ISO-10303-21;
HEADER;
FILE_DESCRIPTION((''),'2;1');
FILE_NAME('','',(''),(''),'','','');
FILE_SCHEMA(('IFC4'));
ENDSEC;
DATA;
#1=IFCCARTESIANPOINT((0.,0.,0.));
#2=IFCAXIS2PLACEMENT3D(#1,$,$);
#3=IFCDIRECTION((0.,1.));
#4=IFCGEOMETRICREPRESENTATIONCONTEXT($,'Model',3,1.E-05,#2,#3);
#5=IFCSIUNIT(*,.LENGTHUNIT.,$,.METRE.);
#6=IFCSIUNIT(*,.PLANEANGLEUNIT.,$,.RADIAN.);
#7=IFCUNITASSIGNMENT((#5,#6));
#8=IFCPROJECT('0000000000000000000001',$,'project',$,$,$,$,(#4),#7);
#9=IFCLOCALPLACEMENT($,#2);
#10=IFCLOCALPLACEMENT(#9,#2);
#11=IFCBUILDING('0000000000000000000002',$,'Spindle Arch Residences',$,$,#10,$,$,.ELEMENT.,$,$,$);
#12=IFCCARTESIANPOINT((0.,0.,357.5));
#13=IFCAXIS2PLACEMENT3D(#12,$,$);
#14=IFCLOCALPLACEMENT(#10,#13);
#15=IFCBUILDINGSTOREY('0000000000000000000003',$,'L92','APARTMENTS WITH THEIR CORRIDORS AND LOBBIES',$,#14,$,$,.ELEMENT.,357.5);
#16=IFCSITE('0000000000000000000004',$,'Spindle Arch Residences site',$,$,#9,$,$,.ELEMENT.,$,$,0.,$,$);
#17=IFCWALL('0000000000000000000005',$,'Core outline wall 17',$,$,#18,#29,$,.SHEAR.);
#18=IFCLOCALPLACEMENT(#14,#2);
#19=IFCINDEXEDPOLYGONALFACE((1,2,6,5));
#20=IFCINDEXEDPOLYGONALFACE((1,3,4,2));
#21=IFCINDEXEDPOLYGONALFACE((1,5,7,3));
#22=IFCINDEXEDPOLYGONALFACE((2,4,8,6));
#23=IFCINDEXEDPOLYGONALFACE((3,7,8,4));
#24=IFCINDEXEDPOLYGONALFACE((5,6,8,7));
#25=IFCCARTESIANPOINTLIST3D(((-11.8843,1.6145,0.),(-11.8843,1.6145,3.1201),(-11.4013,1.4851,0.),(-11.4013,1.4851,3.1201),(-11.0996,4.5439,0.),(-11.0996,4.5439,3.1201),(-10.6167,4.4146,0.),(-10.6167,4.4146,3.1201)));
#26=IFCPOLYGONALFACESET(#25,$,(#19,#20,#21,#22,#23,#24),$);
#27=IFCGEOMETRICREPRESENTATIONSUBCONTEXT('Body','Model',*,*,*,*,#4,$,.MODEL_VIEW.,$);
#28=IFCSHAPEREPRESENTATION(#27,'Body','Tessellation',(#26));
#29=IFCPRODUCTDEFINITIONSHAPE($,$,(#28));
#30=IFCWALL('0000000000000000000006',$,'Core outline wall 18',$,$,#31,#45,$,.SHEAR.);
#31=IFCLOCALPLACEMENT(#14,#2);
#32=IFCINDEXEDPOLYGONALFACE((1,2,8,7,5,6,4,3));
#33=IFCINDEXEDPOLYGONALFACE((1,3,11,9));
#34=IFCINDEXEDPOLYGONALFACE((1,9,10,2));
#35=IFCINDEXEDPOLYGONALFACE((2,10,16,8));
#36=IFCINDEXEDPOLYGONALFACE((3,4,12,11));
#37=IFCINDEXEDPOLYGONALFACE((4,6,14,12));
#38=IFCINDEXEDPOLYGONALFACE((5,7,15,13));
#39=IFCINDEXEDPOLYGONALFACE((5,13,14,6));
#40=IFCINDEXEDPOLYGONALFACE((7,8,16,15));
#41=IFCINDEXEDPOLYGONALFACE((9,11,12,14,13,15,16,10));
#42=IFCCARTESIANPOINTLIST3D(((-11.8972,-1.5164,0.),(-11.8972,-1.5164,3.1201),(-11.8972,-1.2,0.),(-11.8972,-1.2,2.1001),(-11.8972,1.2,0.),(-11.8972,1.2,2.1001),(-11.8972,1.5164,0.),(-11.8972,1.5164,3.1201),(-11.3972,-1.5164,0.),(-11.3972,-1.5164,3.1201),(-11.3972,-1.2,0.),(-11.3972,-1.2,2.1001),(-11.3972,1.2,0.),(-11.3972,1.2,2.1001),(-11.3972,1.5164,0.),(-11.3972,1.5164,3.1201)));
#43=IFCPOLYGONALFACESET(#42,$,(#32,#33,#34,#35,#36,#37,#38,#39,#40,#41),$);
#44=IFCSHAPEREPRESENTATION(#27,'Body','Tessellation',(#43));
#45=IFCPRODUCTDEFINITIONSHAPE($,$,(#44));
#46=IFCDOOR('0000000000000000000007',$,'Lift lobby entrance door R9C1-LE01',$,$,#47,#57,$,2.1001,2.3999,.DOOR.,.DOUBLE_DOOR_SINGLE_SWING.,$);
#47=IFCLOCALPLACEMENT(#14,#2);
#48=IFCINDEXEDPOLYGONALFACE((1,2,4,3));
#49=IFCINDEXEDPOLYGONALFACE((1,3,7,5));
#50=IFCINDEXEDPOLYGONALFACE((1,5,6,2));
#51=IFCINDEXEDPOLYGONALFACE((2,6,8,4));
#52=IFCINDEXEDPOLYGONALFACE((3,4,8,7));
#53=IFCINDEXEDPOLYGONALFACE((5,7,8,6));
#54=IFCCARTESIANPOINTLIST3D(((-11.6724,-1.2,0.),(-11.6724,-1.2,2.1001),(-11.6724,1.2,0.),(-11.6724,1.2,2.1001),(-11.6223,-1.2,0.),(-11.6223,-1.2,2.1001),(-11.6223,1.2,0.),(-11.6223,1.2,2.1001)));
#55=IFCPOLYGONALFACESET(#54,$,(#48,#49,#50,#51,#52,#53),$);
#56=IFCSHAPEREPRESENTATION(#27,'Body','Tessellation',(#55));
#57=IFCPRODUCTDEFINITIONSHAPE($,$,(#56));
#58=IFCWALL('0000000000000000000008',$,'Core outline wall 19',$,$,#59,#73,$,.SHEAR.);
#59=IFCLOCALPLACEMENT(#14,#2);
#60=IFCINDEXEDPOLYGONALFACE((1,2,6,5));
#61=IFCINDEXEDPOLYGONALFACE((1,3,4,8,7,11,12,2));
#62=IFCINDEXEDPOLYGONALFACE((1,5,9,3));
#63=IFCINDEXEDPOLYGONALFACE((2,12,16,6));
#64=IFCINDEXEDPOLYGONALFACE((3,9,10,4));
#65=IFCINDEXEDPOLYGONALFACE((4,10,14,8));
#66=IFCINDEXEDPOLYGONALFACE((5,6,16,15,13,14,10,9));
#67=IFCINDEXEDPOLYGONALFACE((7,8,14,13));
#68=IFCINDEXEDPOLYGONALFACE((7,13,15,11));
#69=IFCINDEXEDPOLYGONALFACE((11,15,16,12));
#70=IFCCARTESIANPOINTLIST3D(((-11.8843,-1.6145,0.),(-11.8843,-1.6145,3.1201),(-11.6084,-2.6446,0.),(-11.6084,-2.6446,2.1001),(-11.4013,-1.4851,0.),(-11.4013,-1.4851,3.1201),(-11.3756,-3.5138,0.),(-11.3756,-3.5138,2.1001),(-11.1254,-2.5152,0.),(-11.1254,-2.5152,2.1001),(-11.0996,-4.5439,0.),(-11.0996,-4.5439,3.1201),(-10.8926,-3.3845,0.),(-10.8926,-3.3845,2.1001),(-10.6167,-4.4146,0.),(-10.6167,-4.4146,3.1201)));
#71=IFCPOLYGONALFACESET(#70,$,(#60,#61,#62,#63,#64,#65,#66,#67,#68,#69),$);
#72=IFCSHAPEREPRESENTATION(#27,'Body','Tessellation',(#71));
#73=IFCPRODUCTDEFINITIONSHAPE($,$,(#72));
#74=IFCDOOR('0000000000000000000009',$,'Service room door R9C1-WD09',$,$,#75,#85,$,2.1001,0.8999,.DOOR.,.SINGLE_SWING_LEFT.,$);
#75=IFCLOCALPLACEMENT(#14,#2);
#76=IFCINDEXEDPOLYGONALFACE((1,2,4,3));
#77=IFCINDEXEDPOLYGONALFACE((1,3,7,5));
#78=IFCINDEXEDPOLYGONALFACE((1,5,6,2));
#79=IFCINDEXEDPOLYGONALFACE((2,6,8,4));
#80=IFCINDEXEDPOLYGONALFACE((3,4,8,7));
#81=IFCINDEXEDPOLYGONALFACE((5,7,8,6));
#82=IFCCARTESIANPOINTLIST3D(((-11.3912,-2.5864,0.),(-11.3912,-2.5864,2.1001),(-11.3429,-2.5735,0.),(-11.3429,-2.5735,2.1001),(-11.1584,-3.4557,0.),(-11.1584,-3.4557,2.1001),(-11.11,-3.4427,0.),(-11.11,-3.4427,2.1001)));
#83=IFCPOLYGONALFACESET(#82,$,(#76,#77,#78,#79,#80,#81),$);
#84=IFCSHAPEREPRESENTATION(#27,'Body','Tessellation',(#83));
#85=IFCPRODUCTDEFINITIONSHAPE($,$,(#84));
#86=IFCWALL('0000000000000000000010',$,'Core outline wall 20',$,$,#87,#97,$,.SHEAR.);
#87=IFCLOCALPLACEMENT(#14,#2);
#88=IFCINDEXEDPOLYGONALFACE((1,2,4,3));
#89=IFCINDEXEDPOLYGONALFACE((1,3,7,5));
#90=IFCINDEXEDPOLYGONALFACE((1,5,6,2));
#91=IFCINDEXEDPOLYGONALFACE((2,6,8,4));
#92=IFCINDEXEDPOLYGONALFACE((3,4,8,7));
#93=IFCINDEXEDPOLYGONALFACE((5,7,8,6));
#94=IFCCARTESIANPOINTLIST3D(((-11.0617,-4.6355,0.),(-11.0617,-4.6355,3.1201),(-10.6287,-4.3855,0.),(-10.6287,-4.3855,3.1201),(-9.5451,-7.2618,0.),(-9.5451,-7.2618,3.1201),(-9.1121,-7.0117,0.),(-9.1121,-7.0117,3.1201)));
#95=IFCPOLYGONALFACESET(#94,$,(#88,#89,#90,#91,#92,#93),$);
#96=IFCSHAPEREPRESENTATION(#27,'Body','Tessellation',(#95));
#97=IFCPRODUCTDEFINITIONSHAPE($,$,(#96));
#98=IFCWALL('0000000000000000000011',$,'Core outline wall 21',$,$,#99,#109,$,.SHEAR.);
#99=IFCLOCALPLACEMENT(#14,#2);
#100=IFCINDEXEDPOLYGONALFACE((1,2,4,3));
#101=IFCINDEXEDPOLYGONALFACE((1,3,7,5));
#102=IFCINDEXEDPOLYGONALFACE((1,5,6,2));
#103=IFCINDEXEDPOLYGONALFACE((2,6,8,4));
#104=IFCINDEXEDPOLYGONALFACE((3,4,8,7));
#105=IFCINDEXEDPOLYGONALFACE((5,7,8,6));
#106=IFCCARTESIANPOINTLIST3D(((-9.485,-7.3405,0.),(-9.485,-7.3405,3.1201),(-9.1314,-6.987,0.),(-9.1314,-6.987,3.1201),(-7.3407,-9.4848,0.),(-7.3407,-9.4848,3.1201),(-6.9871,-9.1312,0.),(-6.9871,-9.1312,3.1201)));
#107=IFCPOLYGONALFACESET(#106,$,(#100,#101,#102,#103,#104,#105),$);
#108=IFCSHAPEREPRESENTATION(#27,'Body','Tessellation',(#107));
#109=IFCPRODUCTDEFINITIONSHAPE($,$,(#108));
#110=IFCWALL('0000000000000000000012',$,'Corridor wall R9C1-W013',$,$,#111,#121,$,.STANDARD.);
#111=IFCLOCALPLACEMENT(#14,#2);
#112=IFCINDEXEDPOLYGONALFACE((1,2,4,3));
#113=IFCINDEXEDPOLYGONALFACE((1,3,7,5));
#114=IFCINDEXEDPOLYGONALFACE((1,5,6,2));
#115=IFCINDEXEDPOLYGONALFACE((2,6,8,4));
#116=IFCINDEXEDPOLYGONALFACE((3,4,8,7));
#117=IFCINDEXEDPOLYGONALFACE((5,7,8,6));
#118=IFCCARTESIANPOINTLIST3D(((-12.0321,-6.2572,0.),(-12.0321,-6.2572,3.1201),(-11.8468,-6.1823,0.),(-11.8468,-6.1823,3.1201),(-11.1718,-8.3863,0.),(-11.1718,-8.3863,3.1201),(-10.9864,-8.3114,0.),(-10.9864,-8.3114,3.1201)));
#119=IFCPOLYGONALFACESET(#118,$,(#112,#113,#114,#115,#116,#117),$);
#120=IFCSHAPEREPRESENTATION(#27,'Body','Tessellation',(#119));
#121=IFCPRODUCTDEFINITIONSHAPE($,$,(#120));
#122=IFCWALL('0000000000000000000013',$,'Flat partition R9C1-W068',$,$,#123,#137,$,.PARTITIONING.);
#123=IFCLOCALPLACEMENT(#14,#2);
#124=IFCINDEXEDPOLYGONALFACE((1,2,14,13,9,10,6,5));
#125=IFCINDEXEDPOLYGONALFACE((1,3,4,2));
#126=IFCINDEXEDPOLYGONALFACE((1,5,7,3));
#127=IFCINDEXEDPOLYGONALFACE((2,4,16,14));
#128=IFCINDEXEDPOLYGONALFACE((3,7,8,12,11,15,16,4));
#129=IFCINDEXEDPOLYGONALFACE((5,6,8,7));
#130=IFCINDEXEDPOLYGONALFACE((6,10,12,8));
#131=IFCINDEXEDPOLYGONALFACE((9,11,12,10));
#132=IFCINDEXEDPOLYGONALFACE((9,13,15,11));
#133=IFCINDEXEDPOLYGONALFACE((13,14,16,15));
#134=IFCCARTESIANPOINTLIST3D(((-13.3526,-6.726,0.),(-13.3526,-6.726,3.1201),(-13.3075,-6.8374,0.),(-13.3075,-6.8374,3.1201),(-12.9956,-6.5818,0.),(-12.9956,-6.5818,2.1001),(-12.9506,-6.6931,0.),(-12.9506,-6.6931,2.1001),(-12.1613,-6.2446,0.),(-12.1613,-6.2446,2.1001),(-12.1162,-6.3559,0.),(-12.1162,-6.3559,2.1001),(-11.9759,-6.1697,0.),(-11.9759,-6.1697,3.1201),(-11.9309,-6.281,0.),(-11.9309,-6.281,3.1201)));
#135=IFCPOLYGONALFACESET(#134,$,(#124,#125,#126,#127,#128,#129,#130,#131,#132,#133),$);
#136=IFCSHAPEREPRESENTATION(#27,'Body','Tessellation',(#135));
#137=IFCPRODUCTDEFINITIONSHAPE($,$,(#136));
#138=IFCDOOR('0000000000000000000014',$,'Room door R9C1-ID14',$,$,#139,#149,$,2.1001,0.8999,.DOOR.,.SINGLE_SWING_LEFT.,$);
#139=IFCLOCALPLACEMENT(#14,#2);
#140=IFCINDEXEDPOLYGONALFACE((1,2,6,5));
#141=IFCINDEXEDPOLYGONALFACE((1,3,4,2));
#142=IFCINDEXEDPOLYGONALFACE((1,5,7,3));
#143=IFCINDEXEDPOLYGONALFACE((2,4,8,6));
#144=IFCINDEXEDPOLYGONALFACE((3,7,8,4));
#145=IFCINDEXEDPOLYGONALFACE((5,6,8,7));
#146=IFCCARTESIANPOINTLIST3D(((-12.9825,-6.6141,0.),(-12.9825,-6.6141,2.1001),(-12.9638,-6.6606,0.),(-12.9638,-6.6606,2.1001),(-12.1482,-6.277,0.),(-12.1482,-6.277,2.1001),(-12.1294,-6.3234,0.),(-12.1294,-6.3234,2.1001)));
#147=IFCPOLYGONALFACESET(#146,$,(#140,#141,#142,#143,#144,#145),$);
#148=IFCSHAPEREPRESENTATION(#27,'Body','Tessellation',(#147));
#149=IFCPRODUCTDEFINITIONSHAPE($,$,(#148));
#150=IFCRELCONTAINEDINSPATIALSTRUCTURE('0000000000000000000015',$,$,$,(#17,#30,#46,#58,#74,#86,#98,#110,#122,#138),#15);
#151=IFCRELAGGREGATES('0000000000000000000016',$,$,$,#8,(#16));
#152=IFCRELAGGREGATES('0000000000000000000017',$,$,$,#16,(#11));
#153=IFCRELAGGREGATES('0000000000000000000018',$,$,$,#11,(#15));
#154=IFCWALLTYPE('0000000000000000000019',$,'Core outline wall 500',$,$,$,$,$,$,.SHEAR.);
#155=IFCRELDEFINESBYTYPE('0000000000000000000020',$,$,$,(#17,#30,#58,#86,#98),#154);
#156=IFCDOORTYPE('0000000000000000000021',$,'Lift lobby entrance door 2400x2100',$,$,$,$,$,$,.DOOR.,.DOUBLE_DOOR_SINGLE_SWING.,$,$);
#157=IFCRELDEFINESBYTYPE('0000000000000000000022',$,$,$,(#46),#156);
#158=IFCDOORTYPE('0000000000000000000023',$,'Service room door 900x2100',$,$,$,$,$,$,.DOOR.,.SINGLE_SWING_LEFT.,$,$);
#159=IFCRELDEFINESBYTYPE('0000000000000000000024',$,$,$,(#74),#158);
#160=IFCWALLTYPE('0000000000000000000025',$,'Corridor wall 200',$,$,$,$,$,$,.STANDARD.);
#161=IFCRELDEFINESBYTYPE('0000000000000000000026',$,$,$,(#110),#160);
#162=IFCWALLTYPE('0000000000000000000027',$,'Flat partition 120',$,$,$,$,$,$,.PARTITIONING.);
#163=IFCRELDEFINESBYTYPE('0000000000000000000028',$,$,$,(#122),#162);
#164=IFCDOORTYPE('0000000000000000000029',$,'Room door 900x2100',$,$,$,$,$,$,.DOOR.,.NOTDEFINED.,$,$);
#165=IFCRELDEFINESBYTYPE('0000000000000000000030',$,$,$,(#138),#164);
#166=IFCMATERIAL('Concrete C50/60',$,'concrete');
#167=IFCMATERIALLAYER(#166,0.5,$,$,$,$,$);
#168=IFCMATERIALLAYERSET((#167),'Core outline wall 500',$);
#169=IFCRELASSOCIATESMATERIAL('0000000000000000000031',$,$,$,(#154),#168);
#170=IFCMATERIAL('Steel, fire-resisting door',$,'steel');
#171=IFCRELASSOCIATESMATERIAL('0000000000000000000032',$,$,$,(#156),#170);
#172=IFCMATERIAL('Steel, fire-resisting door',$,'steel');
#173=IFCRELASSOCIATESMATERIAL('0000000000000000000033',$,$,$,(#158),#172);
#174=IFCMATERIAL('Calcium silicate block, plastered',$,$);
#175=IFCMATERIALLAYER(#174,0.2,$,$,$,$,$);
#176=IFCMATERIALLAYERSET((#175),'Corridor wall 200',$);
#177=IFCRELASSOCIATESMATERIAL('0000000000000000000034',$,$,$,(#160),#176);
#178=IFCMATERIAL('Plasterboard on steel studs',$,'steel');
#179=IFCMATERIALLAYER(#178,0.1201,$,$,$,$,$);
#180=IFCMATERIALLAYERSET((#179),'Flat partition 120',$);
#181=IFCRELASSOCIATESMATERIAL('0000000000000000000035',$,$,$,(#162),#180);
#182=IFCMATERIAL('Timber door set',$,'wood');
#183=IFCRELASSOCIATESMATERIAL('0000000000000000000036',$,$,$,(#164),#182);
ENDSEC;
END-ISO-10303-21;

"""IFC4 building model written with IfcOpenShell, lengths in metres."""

from ifc_helpers import new_model, si_unit, direction, frame, frame_2d, origin, place, context, subcontext, project, spatial, rectangle, extrude, material, layer, layer_set, type_object, element, fill, save


model = new_model("IFC4")

# Units and contexts
model_context = context("Model", 3, precision=1e-05, world=origin(), true_north=direction((0.0, 1.0)))
body_context = subcontext(model_context, "Body", "Model", "MODEL_VIEW")
ifc_project = project(units=[si_unit("LENGTHUNIT", "METRE"), si_unit("PLANEANGLEUNIT", "RADIAN")], contexts=[model_context])

# Site, building, storey
site_placement = place(None, origin())
site = spatial("IfcSite", under=ifc_project, at=site_placement, Name="Spindle Arch Residences site", CompositionType="ELEMENT", RefElevation=0.0)
building_placement = place(site_placement, origin())
building = spatial("IfcBuilding", under=site, at=building_placement, Name="Spindle Arch Residences", CompositionType="ELEMENT")
storey_placement = place(building_placement, frame((0.0, 0.0, 357.5)))
storey = spatial("IfcBuildingStorey", under=building, at=storey_placement, Name="L92", Description="APARTMENTS WITH THEIR CORRIDORS AND LOBBIES", CompositionType="ELEMENT", Elevation=357.5)

# Wall
ifc_material_1 = material(Name="Concrete C50/60", Category="concrete")
ifc_layer_1 = layer(ifc_material_1, 0.5)
ifc_layer_set_1 = layer_set([ifc_layer_1], Name="Core outline wall 500")
wall_type_1 = type_object("IfcWallType", Name="Core outline wall 500", PredefinedType="SHEAR", material=ifc_layer_set_1)
wall_1_placement = place(storey_placement, frame((-10.8582, 4.4792, 0.0), z_axis=(0.0, 0.0, 1.0), x_axis=(-0.258735, -0.965948, 0.0)))
element("IfcWall", 1, at=wall_1_placement, inside=storey, type_object=wall_type_1, Name="Core outline wall 17", PredefinedType="SHEAR", context=body_context, shape_type="SweptSolid", body=[
    extrude(rectangle(XDim=3.0327, YDim=0.5, at=frame_2d((1.5164, 0.0))), origin(), (0.0, 0.0, 1.0), 3.1201),
])

# Walls, openings, doors
wall_2_placement = place(storey_placement, frame((-11.6472, 1.5164, 0.0), z_axis=(0.0, 0.0, 1.0), x_axis=(0.0, -1.0, 0.0)))
wall_2 = element("IfcWall", 2, at=wall_2_placement, inside=storey, type_object=wall_type_1, Name="Core outline wall 18", PredefinedType="SHEAR", context=body_context, shape_type="SweptSolid", body=[
    extrude(rectangle(XDim=3.0327, YDim=0.5, at=frame_2d((1.5164, 0.0))), origin(), (0.0, 0.0, 1.0), 3.1201),
])
opening_1_placement = place(wall_2_placement, frame((0.3164, 0.0, 0.0)))
opening_1 = element("IfcOpeningElement", 3, at=opening_1_placement, cuts=wall_2, PredefinedType="OPENING", context=body_context, shape_type="SweptSolid", body=[
    extrude(rectangle(XDim=2.3999, YDim=2.1001, at=frame_2d((1.2, 1.05))), frame((0.0, 0.26, 0.0), z_axis=(0.0, -1.0, 0.0), x_axis=(1.0, 0.0, 0.0)), (0.0, 0.0, 1.0), 0.52),
])
ifc_material_2 = material(Name="Steel, fire-resisting door", Category="steel")
door_type_1 = type_object("IfcDoorType", Name="Lift lobby entrance door 2400x2100", OperationType="DOUBLE_DOOR_SINGLE_SWING", PredefinedType="DOOR", material=ifc_material_2)
door_1_placement = place(opening_1_placement, origin())
door_1 = element("IfcDoor", 4, at=door_1_placement, inside=storey, type_object=door_type_1, Name="Lift lobby entrance door R9C1-LE01", OperationType="DOUBLE_DOOR_SINGLE_SWING", OverallHeight=2.1001, OverallWidth=2.3999, PredefinedType="DOOR", context=body_context, shape_type="SweptSolid", body=[
    extrude(rectangle(XDim=2.3999, YDim=2.1001, at=frame_2d((1.2, 1.05))), frame((0.0, 0.0249, 0.0), z_axis=(0.0, -1.0, 0.0), x_axis=(1.0, 0.0, 0.0)), (0.0, 0.0, 1.0), 0.05),
])
fill(opening_1, door_1)
wall_3_placement = place(storey_placement, frame((-11.6428, -1.5498, 0.0), z_axis=(0.0, 0.0, 1.0), x_axis=(0.258735, -0.965948, 0.0)))
wall_3 = element("IfcWall", 5, at=wall_3_placement, inside=storey, type_object=wall_type_1, Name="Core outline wall 19", PredefinedType="SHEAR", context=body_context, shape_type="SweptSolid", body=[
    extrude(rectangle(XDim=3.0327, YDim=0.5, at=frame_2d((1.5164, 0.0))), origin(), (0.0, 0.0, 1.0), 3.1201),
])
opening_2_placement = place(wall_3_placement, frame((1.0664, 0.0, 0.0)))
opening_2 = element("IfcOpeningElement", 6, at=opening_2_placement, cuts=wall_3, PredefinedType="OPENING", context=body_context, shape_type="SweptSolid", body=[
    extrude(rectangle(XDim=0.8999, YDim=2.1001, at=frame_2d((0.45, 1.05))), frame((0.0, 0.26, 0.0), z_axis=(0.0, -1.0, 0.0), x_axis=(1.0, 0.0, 0.0)), (0.0, 0.0, 1.0), 0.52),
])
ifc_material_3 = material(Name="Steel, fire-resisting door", Category="steel")
door_type_2 = type_object("IfcDoorType", Name="Service room door 900x2100", OperationType="SINGLE_SWING_LEFT", PredefinedType="DOOR", material=ifc_material_3)
door_2_placement = place(opening_2_placement, origin())
door_2 = element("IfcDoor", 7, at=door_2_placement, inside=storey, type_object=door_type_2, Name="Service room door R9C1-WD09", OperationType="SINGLE_SWING_LEFT", OverallHeight=2.1001, OverallWidth=0.8999, PredefinedType="DOOR", context=body_context, shape_type="SweptSolid", body=[
    extrude(rectangle(XDim=0.8999, YDim=2.1001, at=frame_2d((0.45, 1.05))), frame((0.0, 0.0249, 0.0), z_axis=(0.0, -1.0, 0.0), x_axis=(1.0, 0.0, 0.0)), (0.0, 0.0, 1.0), 0.05),
])
fill(opening_2, door_2)

# Walls
wall_4_placement = place(storey_placement, frame((-10.8452, -4.5105, 0.0), z_axis=(0.0, 0.0, 1.0), x_axis=(0.500087, -0.865975, 0.0)))
element("IfcWall", 8, at=wall_4_placement, inside=storey, type_object=wall_type_1, Name="Core outline wall 20", PredefinedType="SHEAR", context=body_context, shape_type="SweptSolid", body=[
    extrude(rectangle(XDim=3.0327, YDim=0.5, at=frame_2d((1.5164, 0.0))), origin(), (0.0, 0.0, 1.0), 3.1201),
])
wall_5_placement = place(storey_placement, frame((-9.3081, -7.1638, 0.0), z_axis=(0.0, 0.0, 1.0), x_axis=(0.707107, -0.707107, 0.0)))
element("IfcWall", 9, at=wall_5_placement, inside=storey, type_object=wall_type_1, Name="Core outline wall 21", PredefinedType="SHEAR", context=body_context, shape_type="SweptSolid", body=[
    extrude(rectangle(XDim=3.0325, YDim=0.5, at=frame_2d((1.5161, 0.0))), origin(), (0.0, 0.0, 1.0), 3.1201),
])
ifc_material_4 = material(Name="Calcium silicate block, plastered")
ifc_layer_2 = layer(ifc_material_4, 0.2)
ifc_layer_set_2 = layer_set([ifc_layer_2], Name="Corridor wall 200")
wall_type_2 = type_object("IfcWallType", Name="Corridor wall 200", PredefinedType="STANDARD", material=ifc_layer_set_2)
wall_6_placement = place(storey_placement, frame((-11.9395, -6.2197, 0.0), z_axis=(0.0, 0.0, 1.0), x_axis=(0.374651, -0.927166, 0.0)))
element("IfcWall", 10, at=wall_6_placement, inside=storey, type_object=wall_type_2, Name="Corridor wall R9C1-W013", PredefinedType="STANDARD", context=body_context, shape_type="SweptSolid", body=[
    extrude(rectangle(XDim=2.2964, YDim=0.2, at=frame_2d((1.1482, 0.0))), origin(), (0.0, 0.0, 1.0), 3.1201),
])

# Wall, opening, door
ifc_material_5 = material(Name="Plasterboard on steel studs", Category="steel")
ifc_layer_3 = layer(ifc_material_5, 0.1201)
ifc_layer_set_3 = layer_set([ifc_layer_3], Name="Flat partition 120")
wall_type_3 = type_object("IfcWallType", Name="Flat partition 120", PredefinedType="PARTITIONING", material=ifc_layer_set_3)
wall_7_placement = place(storey_placement, frame((-11.9534, -6.2253, 0.0), z_axis=(0.0, 0.0, 1.0), x_axis=(-0.927144, -0.374705, 0.0)))
wall_7 = element("IfcWall", 11, at=wall_7_placement, inside=storey, type_object=wall_type_3, Name="Flat partition R9C1-W068", PredefinedType="PARTITIONING", context=body_context, shape_type="SweptSolid", body=[
    extrude(rectangle(XDim=1.4849, YDim=0.1201, at=frame_2d((0.7424, 0.0))), origin(), (0.0, 0.0, 1.0), 3.1201),
])
opening_3_placement = place(wall_7_placement, frame((0.2, 0.0, 0.0)))
opening_3 = element("IfcOpeningElement", 12, at=opening_3_placement, cuts=wall_7, PredefinedType="OPENING", context=body_context, shape_type="SweptSolid", body=[
    extrude(rectangle(XDim=0.8999, YDim=2.1001, at=frame_2d((0.45, 1.05))), frame((0.0, 0.0701, 0.0), z_axis=(0.0, -1.0, 0.0), x_axis=(1.0, 0.0, 0.0)), (0.0, 0.0, 1.0), 0.1401),
])
ifc_material_6 = material(Name="Timber door set", Category="wood")
door_type_3 = type_object("IfcDoorType", Name="Room door 900x2100", OperationType="NOTDEFINED", PredefinedType="DOOR", material=ifc_material_6)
door_3_placement = place(opening_3_placement, origin())
door_3 = element("IfcDoor", 13, at=door_3_placement, inside=storey, type_object=door_type_3, Name="Room door R9C1-ID14", OperationType="SINGLE_SWING_LEFT", OverallHeight=2.1001, OverallWidth=0.8999, PredefinedType="DOOR", context=body_context, shape_type="SweptSolid", body=[
    extrude(rectangle(XDim=0.8999, YDim=2.1001, at=frame_2d((0.45, 1.05))), frame((0.0, 0.0249, 0.0), z_axis=(0.0, -1.0, 0.0), x_axis=(1.0, 0.0, 0.0)), (0.0, 0.0, 1.0), 0.05),
])
fill(opening_3, door_3)

save(model, "model.ifc")
